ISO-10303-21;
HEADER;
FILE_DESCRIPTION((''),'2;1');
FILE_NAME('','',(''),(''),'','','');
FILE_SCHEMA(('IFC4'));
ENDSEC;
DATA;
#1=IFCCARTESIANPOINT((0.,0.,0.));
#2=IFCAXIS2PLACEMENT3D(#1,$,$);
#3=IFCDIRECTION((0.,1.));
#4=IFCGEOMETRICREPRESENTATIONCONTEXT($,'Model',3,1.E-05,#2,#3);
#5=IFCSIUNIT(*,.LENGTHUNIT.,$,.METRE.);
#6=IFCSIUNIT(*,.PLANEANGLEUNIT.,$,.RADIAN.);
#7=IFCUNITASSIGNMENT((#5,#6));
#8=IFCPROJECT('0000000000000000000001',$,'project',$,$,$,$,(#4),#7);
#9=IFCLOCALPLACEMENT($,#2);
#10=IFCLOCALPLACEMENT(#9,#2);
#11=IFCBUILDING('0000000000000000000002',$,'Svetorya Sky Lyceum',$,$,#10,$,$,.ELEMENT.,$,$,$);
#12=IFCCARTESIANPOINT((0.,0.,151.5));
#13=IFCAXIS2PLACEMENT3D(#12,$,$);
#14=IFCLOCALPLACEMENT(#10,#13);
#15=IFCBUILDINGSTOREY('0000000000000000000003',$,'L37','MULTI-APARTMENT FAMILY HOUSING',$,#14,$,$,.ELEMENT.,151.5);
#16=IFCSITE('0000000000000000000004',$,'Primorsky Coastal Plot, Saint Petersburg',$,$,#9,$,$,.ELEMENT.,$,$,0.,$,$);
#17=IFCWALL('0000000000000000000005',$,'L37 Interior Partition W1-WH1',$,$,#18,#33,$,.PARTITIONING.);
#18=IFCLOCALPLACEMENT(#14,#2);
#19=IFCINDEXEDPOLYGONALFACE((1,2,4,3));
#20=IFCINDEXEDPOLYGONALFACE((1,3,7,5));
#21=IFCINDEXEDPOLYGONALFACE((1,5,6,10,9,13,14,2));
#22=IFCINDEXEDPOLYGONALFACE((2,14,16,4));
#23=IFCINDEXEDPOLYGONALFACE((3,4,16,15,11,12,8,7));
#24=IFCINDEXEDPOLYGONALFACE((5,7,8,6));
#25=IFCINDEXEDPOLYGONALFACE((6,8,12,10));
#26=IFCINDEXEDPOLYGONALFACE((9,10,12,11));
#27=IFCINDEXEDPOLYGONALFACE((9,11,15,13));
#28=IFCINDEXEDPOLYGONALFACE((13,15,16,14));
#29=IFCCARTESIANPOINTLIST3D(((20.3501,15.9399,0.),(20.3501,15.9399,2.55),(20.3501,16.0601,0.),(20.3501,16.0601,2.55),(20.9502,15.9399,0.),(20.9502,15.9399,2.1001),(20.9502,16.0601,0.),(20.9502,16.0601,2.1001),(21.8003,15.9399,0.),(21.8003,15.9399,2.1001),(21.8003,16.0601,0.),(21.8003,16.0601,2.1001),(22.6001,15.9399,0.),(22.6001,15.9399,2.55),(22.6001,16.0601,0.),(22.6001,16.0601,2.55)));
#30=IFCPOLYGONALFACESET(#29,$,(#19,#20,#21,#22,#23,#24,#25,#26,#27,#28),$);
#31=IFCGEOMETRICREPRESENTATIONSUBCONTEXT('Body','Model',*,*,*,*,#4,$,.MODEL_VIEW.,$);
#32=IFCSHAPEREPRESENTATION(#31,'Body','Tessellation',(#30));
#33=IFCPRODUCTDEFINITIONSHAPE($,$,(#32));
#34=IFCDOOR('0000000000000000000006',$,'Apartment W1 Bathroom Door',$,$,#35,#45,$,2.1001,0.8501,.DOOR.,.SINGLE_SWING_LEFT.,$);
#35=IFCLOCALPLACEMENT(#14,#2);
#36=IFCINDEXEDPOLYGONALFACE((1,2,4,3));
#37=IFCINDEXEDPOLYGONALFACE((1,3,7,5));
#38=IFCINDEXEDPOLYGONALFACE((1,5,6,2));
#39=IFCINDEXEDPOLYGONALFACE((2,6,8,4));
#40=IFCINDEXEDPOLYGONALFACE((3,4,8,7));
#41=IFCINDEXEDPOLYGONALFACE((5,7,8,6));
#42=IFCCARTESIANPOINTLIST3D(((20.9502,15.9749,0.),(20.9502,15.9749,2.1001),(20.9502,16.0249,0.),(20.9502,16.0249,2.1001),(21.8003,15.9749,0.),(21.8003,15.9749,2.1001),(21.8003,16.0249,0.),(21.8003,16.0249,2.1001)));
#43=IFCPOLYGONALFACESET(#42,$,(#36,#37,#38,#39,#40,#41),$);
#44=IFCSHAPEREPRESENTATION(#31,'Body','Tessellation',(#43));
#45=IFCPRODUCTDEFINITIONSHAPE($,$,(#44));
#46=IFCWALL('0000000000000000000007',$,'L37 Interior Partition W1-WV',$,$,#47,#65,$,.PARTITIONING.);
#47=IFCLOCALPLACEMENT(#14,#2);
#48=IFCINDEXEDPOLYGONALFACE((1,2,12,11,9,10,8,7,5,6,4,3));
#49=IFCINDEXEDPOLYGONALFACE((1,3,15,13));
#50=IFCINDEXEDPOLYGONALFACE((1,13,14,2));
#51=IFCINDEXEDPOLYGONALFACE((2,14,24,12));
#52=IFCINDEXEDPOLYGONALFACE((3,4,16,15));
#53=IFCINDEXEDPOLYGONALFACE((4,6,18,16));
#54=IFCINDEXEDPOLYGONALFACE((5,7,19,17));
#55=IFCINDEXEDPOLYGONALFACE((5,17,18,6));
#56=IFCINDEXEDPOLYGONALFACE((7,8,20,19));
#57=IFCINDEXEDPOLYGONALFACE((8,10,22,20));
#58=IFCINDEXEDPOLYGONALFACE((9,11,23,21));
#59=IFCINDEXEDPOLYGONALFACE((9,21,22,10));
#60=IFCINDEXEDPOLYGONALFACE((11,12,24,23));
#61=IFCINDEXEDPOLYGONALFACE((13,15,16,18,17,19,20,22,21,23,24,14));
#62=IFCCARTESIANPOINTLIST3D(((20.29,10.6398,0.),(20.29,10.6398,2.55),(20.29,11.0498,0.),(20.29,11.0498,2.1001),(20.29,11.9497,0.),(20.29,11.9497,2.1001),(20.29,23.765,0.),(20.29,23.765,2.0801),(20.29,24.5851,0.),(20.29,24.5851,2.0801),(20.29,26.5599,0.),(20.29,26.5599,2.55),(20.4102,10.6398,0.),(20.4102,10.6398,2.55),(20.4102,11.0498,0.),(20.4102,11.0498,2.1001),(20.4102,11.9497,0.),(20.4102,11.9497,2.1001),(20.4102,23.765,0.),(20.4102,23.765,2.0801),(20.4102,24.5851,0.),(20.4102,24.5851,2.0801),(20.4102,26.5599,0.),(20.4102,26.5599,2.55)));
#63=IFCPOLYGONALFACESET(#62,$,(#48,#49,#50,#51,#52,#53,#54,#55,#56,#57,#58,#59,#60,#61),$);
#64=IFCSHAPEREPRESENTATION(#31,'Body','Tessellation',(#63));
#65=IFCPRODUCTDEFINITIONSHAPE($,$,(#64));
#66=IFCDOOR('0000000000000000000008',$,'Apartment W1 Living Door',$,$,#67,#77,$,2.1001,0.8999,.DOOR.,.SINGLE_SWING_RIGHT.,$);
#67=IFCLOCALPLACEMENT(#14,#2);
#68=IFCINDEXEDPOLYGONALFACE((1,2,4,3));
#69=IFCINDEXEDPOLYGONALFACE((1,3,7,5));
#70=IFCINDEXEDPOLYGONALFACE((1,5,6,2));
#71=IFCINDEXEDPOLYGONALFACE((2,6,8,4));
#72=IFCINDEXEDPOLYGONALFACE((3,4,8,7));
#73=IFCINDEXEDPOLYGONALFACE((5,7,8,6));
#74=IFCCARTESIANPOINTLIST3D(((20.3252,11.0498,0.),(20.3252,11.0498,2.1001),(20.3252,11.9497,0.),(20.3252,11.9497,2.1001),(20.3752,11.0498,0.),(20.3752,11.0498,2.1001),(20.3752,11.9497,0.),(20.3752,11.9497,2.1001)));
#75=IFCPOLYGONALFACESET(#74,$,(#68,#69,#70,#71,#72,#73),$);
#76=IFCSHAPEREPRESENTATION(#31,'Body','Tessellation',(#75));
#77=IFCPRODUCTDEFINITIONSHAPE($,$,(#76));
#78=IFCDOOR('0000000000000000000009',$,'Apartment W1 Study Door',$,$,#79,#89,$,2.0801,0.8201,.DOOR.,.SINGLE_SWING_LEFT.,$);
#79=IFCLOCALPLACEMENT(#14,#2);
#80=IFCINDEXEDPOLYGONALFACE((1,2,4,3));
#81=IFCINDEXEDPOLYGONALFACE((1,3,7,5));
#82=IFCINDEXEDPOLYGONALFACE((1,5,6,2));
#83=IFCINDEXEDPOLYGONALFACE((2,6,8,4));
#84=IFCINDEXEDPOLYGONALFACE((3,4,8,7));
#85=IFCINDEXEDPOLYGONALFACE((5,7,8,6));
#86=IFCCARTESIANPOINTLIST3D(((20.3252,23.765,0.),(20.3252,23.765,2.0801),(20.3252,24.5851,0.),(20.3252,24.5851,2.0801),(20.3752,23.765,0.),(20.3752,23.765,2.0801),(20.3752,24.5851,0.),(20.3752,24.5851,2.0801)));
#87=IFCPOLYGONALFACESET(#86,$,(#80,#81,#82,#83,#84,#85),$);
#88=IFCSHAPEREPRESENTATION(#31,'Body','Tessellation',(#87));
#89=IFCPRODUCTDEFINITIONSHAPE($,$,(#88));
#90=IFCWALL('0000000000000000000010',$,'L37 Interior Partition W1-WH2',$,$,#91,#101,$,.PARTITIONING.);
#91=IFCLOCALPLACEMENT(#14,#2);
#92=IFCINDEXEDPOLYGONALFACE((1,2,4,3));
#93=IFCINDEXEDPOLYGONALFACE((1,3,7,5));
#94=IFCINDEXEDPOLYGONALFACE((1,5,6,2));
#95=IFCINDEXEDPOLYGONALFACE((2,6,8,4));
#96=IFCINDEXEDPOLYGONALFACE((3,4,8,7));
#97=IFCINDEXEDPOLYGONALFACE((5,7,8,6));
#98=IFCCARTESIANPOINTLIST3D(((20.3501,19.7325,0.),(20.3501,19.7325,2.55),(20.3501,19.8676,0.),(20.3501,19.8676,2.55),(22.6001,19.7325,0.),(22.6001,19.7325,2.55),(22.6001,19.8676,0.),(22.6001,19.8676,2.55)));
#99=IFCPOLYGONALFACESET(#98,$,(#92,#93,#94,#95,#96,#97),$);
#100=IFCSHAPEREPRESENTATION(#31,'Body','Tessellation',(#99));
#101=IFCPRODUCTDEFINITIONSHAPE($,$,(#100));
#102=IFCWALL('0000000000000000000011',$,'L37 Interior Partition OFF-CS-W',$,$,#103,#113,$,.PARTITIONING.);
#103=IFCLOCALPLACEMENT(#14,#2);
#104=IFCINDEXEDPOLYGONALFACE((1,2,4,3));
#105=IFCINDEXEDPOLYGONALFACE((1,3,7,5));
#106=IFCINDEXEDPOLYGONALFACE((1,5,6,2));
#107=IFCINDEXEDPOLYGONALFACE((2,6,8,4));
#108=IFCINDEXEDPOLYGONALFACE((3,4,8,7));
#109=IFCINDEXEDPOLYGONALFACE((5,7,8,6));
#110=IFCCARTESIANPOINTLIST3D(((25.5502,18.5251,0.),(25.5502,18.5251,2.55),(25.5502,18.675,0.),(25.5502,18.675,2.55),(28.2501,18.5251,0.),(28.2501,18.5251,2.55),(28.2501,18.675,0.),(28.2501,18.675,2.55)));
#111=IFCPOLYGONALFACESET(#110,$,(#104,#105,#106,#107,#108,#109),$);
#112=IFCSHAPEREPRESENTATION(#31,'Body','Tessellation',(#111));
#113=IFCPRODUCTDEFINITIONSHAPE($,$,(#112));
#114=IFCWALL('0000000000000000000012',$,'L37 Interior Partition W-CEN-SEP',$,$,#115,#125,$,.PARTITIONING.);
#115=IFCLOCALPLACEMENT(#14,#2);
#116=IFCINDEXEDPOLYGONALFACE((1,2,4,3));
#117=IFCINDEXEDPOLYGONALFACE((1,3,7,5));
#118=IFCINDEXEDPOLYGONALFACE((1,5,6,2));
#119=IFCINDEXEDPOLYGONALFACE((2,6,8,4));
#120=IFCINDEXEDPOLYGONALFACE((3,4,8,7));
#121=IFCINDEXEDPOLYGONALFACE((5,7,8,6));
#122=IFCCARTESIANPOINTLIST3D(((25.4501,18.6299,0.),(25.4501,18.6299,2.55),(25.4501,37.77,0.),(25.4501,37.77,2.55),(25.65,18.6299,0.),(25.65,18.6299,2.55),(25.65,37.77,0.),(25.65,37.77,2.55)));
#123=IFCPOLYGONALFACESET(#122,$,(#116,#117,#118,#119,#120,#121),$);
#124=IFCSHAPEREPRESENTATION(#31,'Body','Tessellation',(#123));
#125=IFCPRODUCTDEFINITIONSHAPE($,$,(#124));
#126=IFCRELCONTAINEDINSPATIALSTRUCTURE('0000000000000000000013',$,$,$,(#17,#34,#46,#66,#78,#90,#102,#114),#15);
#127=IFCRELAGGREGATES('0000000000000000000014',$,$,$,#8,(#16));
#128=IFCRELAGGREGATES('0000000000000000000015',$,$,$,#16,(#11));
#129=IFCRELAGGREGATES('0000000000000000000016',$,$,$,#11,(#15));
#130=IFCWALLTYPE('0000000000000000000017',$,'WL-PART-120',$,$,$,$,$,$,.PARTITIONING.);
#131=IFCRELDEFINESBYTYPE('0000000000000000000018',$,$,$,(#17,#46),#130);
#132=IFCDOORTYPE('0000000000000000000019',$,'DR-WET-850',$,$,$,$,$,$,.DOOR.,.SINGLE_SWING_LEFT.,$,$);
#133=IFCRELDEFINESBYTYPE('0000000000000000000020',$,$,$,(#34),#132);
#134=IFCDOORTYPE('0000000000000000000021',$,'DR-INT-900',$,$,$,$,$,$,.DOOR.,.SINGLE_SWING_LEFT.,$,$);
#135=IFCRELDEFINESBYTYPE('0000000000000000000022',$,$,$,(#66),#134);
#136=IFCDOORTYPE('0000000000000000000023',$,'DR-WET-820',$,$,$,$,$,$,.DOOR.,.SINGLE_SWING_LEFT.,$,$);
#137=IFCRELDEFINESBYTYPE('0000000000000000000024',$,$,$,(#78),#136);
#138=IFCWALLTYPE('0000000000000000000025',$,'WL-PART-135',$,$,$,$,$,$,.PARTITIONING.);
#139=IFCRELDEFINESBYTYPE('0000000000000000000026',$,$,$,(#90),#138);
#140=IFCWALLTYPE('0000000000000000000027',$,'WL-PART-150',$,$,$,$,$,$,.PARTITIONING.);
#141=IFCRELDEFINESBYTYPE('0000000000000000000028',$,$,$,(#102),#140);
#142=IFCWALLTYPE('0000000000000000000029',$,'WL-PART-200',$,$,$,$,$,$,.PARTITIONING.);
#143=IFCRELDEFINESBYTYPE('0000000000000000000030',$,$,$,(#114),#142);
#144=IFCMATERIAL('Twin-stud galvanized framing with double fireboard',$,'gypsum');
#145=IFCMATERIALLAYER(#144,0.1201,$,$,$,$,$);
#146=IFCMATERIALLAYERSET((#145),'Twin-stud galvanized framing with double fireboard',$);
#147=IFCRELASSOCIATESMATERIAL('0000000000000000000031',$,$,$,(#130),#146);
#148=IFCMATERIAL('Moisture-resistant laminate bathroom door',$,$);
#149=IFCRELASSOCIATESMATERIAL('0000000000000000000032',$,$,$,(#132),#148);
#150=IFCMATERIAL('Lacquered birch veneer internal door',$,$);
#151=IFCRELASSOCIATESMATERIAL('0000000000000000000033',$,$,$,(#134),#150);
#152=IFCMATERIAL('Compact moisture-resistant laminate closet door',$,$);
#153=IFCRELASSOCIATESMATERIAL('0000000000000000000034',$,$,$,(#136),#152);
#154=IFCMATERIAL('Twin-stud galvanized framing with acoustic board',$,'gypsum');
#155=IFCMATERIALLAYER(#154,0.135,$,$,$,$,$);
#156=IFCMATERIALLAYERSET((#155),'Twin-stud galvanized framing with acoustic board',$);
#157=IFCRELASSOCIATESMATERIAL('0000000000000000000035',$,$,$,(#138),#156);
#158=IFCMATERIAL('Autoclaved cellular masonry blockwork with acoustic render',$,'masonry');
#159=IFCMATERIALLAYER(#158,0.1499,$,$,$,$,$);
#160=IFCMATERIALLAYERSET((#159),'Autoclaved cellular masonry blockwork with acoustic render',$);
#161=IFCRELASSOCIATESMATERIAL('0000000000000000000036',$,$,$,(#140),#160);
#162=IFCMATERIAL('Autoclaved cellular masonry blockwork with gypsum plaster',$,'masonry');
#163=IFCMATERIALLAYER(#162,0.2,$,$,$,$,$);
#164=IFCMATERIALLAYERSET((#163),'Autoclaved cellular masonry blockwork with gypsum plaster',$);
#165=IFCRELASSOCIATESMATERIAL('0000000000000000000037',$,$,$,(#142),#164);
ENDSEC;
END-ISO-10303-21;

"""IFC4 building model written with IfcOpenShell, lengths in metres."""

from ifc_helpers import new_model, si_unit, direction, frame, frame_2d, origin, place, context, subcontext, project, spatial, rectangle, extrude, material, layer, layer_set, type_object, element, fill, save


model = new_model("IFC4")

# Units and contexts
model_context = context("Model", 3, precision=1e-05, world=origin(), true_north=direction((0.0, 1.0)))
body_context = subcontext(model_context, "Body", "Model", "MODEL_VIEW")
ifc_project = project(units=[si_unit("LENGTHUNIT", "METRE"), si_unit("PLANEANGLEUNIT", "RADIAN")], contexts=[model_context])

# Site, building, storey
site_placement = place(None, origin())
site = spatial("IfcSite", under=ifc_project, at=site_placement, Name="Primorsky Coastal Plot, Saint Petersburg", CompositionType="ELEMENT", RefElevation=0.0)
building_placement = place(site_placement, origin())
building = spatial("IfcBuilding", under=site, at=building_placement, Name="Svetorya Sky Lyceum", CompositionType="ELEMENT")
storey_placement = place(building_placement, frame((0.0, 0.0, 151.5)))
storey = spatial("IfcBuildingStorey", under=building, at=storey_placement, Name="L37", Description="MULTI-APARTMENT FAMILY HOUSING", CompositionType="ELEMENT", Elevation=151.5)

# Wall, opening, door
ifc_material_1 = material(Name="Twin-stud galvanized framing with double fireboard", Category="gypsum")
ifc_layer_1 = layer(ifc_material_1, 0.1201)
ifc_layer_set_1 = layer_set([ifc_layer_1], Name="Twin-stud galvanized framing with double fireboard")
wall_type_1 = type_object("IfcWallType", Name="WL-PART-120", PredefinedType="PARTITIONING", material=ifc_layer_set_1)
wall_1_placement = place(storey_placement, frame((20.3501, 16.0, 0.0), z_axis=(0.0, 0.0, 1.0), x_axis=(1.0, 0.0, 0.0)))
wall_1 = element("IfcWall", 1, at=wall_1_placement, inside=storey, type_object=wall_type_1, Name="L37 Interior Partition W1-WH1", PredefinedType="PARTITIONING", context=body_context, shape_type="SweptSolid", body=[
    extrude(rectangle(XDim=2.25, YDim=0.1201, at=frame_2d((1.125, 0.0))), origin(), (0.0, 0.0, 1.0), 2.55),
])
opening_1_placement = place(wall_1_placement, frame((0.6001, 0.0, 0.0)))
opening_1 = element("IfcOpeningElement", 2, at=opening_1_placement, cuts=wall_1, PredefinedType="OPENING", context=body_context, shape_type="SweptSolid", body=[
    extrude(rectangle(XDim=0.8501, YDim=2.1001, at=frame_2d((0.425, 1.05))), frame((0.0, 0.0701, 0.0), z_axis=(0.0, -1.0, 0.0), x_axis=(1.0, 0.0, 0.0)), (0.0, 0.0, 1.0), 0.1401),
])
ifc_material_2 = material(Name="Moisture-resistant laminate bathroom door")
door_type_1 = type_object("IfcDoorType", Name="DR-WET-850", OperationType="SINGLE_SWING_LEFT", PredefinedType="DOOR", material=ifc_material_2)
door_1_placement = place(opening_1_placement, origin())
door_1 = element("IfcDoor", 3, at=door_1_placement, inside=storey, type_object=door_type_1, Name="Apartment W1 Bathroom Door", OperationType="SINGLE_SWING_LEFT", OverallHeight=2.1001, OverallWidth=0.8501, PredefinedType="DOOR", context=body_context, shape_type="SweptSolid", body=[
    extrude(rectangle(XDim=0.8501, YDim=2.1001, at=frame_2d((0.425, 1.05))), frame((0.0, 0.0249, 0.0), z_axis=(0.0, -1.0, 0.0), x_axis=(1.0, 0.0, 0.0)), (0.0, 0.0, 1.0), 0.05),
])
fill(opening_1, door_1)

# Wall, openings, doors
wall_2_placement = place(storey_placement, frame((20.3501, 10.6399, 0.0), z_axis=(0.0, 0.0, 1.0), x_axis=(0.0, 1.0, 0.0)))
wall_2 = element("IfcWall", 4, at=wall_2_placement, inside=storey, type_object=wall_type_1, Name="L37 Interior Partition W1-WV", PredefinedType="PARTITIONING", context=body_context, shape_type="SweptSolid", body=[
    extrude(rectangle(XDim=15.9202, YDim=0.1201, at=frame_2d((7.96, 0.0))), origin(), (0.0, 0.0, 1.0), 2.55),
])
opening_2_placement = place(wall_2_placement, frame((0.4099, 0.0, 0.0)))
opening_2 = element("IfcOpeningElement", 5, at=opening_2_placement, cuts=wall_2, PredefinedType="OPENING", context=body_context, shape_type="SweptSolid", body=[
    extrude(rectangle(XDim=0.8999, YDim=2.1001, at=frame_2d((0.45, 1.05))), frame((0.0, 0.0701, 0.0), z_axis=(0.0, -1.0, 0.0), x_axis=(1.0, 0.0, 0.0)), (0.0, 0.0, 1.0), 0.1401),
])
opening_3_placement = place(wall_2_placement, frame((13.125, 0.0, 0.0)))
opening_3 = element("IfcOpeningElement", 6, at=opening_3_placement, cuts=wall_2, PredefinedType="OPENING", context=body_context, shape_type="SweptSolid", body=[
    extrude(rectangle(XDim=0.8201, YDim=2.0801, at=frame_2d((0.4102, 1.04))), frame((0.0, 0.0701, 0.0), z_axis=(0.0, -1.0, 0.0), x_axis=(1.0, 0.0, 0.0)), (0.0, 0.0, 1.0), 0.1401),
])
ifc_material_3 = material(Name="Lacquered birch veneer internal door")
door_type_2 = type_object("IfcDoorType", Name="DR-INT-900", OperationType="SINGLE_SWING_LEFT", PredefinedType="DOOR", material=ifc_material_3)
door_2_placement = place(opening_2_placement, origin())
door_2 = element("IfcDoor", 7, at=door_2_placement, inside=storey, type_object=door_type_2, Name="Apartment W1 Living Door", OperationType="SINGLE_SWING_RIGHT", OverallHeight=2.1001, OverallWidth=0.8999, PredefinedType="DOOR", context=body_context, shape_type="SweptSolid", body=[
    extrude(rectangle(XDim=0.8999, YDim=2.1001, at=frame_2d((0.45, 1.05))), frame((0.0, 0.0249, 0.0), z_axis=(0.0, -1.0, 0.0), x_axis=(1.0, 0.0, 0.0)), (0.0, 0.0, 1.0), 0.05),
])
fill(opening_2, door_2)
ifc_material_4 = material(Name="Compact moisture-resistant laminate closet door")
door_type_3 = type_object("IfcDoorType", Name="DR-WET-820", OperationType="SINGLE_SWING_LEFT", PredefinedType="DOOR", material=ifc_material_4)
door_3_placement = place(opening_3_placement, origin())
door_3 = element("IfcDoor", 8, at=door_3_placement, inside=storey, type_object=door_type_3, Name="Apartment W1 Study Door", OperationType="SINGLE_SWING_LEFT", OverallHeight=2.0801, OverallWidth=0.8201, PredefinedType="DOOR", context=body_context, shape_type="SweptSolid", body=[
    extrude(rectangle(XDim=0.8201, YDim=2.0801, at=frame_2d((0.4102, 1.04))), frame((0.0, 0.0249, 0.0), z_axis=(0.0, -1.0, 0.0), x_axis=(1.0, 0.0, 0.0)), (0.0, 0.0, 1.0), 0.05),
])
fill(opening_3, door_3)

# Walls
ifc_material_5 = material(Name="Twin-stud galvanized framing with acoustic board", Category="gypsum")
ifc_layer_2 = layer(ifc_material_5, 0.135)
ifc_layer_set_2 = layer_set([ifc_layer_2], Name="Twin-stud galvanized framing with acoustic board")
wall_type_2 = type_object("IfcWallType", Name="WL-PART-135", PredefinedType="PARTITIONING", material=ifc_layer_set_2)
wall_3_placement = place(storey_placement, frame((20.3501, 19.8, 0.0), z_axis=(0.0, 0.0, 1.0), x_axis=(1.0, 0.0, 0.0)))
element("IfcWall", 9, at=wall_3_placement, inside=storey, type_object=wall_type_2, Name="L37 Interior Partition W1-WH2", PredefinedType="PARTITIONING", context=body_context, shape_type="SweptSolid", body=[
    extrude(rectangle(XDim=2.25, YDim=0.135, at=frame_2d((1.125, 0.0))), origin(), (0.0, 0.0, 1.0), 2.55),
])
ifc_material_6 = material(Name="Autoclaved cellular masonry blockwork with acoustic render", Category="masonry")
ifc_layer_3 = layer(ifc_material_6, 0.1499)
ifc_layer_set_3 = layer_set([ifc_layer_3], Name="Autoclaved cellular masonry blockwork with acoustic render")
wall_type_3 = type_object("IfcWallType", Name="WL-PART-150", PredefinedType="PARTITIONING", material=ifc_layer_set_3)
wall_4_placement = place(storey_placement, frame((25.55, 18.6001, 0.0), z_axis=(0.0, 0.0, 1.0), x_axis=(1.0, 0.0, 0.0)))
element("IfcWall", 10, at=wall_4_placement, inside=storey, type_object=wall_type_3, Name="L37 Interior Partition OFF-CS-W", PredefinedType="PARTITIONING", context=body_context, shape_type="SweptSolid", body=[
    extrude(rectangle(XDim=2.7, YDim=0.1499, at=frame_2d((1.3501, 0.0))), origin(), (0.0, 0.0, 1.0), 2.55),
])
ifc_material_7 = material(Name="Autoclaved cellular masonry blockwork with gypsum plaster", Category="masonry")
ifc_layer_4 = layer(ifc_material_7, 0.2)
ifc_layer_set_4 = layer_set([ifc_layer_4], Name="Autoclaved cellular masonry blockwork with gypsum plaster")
wall_type_4 = type_object("IfcWallType", Name="WL-PART-200", PredefinedType="PARTITIONING", material=ifc_layer_set_4)
wall_5_placement = place(storey_placement, frame((25.55, 18.6299, 0.0), z_axis=(0.0, 0.0, 1.0), x_axis=(0.0, 1.0, 0.0)))
element("IfcWall", 11, at=wall_5_placement, inside=storey, type_object=wall_type_4, Name="L37 Interior Partition W-CEN-SEP", PredefinedType="PARTITIONING", context=body_context, shape_type="SweptSolid", body=[
    extrude(rectangle(XDim=19.1401, YDim=0.2, at=frame_2d((9.5701, 0.0))), origin(), (0.0, 0.0, 1.0), 2.55),
])

save(model, "model.ifc")
